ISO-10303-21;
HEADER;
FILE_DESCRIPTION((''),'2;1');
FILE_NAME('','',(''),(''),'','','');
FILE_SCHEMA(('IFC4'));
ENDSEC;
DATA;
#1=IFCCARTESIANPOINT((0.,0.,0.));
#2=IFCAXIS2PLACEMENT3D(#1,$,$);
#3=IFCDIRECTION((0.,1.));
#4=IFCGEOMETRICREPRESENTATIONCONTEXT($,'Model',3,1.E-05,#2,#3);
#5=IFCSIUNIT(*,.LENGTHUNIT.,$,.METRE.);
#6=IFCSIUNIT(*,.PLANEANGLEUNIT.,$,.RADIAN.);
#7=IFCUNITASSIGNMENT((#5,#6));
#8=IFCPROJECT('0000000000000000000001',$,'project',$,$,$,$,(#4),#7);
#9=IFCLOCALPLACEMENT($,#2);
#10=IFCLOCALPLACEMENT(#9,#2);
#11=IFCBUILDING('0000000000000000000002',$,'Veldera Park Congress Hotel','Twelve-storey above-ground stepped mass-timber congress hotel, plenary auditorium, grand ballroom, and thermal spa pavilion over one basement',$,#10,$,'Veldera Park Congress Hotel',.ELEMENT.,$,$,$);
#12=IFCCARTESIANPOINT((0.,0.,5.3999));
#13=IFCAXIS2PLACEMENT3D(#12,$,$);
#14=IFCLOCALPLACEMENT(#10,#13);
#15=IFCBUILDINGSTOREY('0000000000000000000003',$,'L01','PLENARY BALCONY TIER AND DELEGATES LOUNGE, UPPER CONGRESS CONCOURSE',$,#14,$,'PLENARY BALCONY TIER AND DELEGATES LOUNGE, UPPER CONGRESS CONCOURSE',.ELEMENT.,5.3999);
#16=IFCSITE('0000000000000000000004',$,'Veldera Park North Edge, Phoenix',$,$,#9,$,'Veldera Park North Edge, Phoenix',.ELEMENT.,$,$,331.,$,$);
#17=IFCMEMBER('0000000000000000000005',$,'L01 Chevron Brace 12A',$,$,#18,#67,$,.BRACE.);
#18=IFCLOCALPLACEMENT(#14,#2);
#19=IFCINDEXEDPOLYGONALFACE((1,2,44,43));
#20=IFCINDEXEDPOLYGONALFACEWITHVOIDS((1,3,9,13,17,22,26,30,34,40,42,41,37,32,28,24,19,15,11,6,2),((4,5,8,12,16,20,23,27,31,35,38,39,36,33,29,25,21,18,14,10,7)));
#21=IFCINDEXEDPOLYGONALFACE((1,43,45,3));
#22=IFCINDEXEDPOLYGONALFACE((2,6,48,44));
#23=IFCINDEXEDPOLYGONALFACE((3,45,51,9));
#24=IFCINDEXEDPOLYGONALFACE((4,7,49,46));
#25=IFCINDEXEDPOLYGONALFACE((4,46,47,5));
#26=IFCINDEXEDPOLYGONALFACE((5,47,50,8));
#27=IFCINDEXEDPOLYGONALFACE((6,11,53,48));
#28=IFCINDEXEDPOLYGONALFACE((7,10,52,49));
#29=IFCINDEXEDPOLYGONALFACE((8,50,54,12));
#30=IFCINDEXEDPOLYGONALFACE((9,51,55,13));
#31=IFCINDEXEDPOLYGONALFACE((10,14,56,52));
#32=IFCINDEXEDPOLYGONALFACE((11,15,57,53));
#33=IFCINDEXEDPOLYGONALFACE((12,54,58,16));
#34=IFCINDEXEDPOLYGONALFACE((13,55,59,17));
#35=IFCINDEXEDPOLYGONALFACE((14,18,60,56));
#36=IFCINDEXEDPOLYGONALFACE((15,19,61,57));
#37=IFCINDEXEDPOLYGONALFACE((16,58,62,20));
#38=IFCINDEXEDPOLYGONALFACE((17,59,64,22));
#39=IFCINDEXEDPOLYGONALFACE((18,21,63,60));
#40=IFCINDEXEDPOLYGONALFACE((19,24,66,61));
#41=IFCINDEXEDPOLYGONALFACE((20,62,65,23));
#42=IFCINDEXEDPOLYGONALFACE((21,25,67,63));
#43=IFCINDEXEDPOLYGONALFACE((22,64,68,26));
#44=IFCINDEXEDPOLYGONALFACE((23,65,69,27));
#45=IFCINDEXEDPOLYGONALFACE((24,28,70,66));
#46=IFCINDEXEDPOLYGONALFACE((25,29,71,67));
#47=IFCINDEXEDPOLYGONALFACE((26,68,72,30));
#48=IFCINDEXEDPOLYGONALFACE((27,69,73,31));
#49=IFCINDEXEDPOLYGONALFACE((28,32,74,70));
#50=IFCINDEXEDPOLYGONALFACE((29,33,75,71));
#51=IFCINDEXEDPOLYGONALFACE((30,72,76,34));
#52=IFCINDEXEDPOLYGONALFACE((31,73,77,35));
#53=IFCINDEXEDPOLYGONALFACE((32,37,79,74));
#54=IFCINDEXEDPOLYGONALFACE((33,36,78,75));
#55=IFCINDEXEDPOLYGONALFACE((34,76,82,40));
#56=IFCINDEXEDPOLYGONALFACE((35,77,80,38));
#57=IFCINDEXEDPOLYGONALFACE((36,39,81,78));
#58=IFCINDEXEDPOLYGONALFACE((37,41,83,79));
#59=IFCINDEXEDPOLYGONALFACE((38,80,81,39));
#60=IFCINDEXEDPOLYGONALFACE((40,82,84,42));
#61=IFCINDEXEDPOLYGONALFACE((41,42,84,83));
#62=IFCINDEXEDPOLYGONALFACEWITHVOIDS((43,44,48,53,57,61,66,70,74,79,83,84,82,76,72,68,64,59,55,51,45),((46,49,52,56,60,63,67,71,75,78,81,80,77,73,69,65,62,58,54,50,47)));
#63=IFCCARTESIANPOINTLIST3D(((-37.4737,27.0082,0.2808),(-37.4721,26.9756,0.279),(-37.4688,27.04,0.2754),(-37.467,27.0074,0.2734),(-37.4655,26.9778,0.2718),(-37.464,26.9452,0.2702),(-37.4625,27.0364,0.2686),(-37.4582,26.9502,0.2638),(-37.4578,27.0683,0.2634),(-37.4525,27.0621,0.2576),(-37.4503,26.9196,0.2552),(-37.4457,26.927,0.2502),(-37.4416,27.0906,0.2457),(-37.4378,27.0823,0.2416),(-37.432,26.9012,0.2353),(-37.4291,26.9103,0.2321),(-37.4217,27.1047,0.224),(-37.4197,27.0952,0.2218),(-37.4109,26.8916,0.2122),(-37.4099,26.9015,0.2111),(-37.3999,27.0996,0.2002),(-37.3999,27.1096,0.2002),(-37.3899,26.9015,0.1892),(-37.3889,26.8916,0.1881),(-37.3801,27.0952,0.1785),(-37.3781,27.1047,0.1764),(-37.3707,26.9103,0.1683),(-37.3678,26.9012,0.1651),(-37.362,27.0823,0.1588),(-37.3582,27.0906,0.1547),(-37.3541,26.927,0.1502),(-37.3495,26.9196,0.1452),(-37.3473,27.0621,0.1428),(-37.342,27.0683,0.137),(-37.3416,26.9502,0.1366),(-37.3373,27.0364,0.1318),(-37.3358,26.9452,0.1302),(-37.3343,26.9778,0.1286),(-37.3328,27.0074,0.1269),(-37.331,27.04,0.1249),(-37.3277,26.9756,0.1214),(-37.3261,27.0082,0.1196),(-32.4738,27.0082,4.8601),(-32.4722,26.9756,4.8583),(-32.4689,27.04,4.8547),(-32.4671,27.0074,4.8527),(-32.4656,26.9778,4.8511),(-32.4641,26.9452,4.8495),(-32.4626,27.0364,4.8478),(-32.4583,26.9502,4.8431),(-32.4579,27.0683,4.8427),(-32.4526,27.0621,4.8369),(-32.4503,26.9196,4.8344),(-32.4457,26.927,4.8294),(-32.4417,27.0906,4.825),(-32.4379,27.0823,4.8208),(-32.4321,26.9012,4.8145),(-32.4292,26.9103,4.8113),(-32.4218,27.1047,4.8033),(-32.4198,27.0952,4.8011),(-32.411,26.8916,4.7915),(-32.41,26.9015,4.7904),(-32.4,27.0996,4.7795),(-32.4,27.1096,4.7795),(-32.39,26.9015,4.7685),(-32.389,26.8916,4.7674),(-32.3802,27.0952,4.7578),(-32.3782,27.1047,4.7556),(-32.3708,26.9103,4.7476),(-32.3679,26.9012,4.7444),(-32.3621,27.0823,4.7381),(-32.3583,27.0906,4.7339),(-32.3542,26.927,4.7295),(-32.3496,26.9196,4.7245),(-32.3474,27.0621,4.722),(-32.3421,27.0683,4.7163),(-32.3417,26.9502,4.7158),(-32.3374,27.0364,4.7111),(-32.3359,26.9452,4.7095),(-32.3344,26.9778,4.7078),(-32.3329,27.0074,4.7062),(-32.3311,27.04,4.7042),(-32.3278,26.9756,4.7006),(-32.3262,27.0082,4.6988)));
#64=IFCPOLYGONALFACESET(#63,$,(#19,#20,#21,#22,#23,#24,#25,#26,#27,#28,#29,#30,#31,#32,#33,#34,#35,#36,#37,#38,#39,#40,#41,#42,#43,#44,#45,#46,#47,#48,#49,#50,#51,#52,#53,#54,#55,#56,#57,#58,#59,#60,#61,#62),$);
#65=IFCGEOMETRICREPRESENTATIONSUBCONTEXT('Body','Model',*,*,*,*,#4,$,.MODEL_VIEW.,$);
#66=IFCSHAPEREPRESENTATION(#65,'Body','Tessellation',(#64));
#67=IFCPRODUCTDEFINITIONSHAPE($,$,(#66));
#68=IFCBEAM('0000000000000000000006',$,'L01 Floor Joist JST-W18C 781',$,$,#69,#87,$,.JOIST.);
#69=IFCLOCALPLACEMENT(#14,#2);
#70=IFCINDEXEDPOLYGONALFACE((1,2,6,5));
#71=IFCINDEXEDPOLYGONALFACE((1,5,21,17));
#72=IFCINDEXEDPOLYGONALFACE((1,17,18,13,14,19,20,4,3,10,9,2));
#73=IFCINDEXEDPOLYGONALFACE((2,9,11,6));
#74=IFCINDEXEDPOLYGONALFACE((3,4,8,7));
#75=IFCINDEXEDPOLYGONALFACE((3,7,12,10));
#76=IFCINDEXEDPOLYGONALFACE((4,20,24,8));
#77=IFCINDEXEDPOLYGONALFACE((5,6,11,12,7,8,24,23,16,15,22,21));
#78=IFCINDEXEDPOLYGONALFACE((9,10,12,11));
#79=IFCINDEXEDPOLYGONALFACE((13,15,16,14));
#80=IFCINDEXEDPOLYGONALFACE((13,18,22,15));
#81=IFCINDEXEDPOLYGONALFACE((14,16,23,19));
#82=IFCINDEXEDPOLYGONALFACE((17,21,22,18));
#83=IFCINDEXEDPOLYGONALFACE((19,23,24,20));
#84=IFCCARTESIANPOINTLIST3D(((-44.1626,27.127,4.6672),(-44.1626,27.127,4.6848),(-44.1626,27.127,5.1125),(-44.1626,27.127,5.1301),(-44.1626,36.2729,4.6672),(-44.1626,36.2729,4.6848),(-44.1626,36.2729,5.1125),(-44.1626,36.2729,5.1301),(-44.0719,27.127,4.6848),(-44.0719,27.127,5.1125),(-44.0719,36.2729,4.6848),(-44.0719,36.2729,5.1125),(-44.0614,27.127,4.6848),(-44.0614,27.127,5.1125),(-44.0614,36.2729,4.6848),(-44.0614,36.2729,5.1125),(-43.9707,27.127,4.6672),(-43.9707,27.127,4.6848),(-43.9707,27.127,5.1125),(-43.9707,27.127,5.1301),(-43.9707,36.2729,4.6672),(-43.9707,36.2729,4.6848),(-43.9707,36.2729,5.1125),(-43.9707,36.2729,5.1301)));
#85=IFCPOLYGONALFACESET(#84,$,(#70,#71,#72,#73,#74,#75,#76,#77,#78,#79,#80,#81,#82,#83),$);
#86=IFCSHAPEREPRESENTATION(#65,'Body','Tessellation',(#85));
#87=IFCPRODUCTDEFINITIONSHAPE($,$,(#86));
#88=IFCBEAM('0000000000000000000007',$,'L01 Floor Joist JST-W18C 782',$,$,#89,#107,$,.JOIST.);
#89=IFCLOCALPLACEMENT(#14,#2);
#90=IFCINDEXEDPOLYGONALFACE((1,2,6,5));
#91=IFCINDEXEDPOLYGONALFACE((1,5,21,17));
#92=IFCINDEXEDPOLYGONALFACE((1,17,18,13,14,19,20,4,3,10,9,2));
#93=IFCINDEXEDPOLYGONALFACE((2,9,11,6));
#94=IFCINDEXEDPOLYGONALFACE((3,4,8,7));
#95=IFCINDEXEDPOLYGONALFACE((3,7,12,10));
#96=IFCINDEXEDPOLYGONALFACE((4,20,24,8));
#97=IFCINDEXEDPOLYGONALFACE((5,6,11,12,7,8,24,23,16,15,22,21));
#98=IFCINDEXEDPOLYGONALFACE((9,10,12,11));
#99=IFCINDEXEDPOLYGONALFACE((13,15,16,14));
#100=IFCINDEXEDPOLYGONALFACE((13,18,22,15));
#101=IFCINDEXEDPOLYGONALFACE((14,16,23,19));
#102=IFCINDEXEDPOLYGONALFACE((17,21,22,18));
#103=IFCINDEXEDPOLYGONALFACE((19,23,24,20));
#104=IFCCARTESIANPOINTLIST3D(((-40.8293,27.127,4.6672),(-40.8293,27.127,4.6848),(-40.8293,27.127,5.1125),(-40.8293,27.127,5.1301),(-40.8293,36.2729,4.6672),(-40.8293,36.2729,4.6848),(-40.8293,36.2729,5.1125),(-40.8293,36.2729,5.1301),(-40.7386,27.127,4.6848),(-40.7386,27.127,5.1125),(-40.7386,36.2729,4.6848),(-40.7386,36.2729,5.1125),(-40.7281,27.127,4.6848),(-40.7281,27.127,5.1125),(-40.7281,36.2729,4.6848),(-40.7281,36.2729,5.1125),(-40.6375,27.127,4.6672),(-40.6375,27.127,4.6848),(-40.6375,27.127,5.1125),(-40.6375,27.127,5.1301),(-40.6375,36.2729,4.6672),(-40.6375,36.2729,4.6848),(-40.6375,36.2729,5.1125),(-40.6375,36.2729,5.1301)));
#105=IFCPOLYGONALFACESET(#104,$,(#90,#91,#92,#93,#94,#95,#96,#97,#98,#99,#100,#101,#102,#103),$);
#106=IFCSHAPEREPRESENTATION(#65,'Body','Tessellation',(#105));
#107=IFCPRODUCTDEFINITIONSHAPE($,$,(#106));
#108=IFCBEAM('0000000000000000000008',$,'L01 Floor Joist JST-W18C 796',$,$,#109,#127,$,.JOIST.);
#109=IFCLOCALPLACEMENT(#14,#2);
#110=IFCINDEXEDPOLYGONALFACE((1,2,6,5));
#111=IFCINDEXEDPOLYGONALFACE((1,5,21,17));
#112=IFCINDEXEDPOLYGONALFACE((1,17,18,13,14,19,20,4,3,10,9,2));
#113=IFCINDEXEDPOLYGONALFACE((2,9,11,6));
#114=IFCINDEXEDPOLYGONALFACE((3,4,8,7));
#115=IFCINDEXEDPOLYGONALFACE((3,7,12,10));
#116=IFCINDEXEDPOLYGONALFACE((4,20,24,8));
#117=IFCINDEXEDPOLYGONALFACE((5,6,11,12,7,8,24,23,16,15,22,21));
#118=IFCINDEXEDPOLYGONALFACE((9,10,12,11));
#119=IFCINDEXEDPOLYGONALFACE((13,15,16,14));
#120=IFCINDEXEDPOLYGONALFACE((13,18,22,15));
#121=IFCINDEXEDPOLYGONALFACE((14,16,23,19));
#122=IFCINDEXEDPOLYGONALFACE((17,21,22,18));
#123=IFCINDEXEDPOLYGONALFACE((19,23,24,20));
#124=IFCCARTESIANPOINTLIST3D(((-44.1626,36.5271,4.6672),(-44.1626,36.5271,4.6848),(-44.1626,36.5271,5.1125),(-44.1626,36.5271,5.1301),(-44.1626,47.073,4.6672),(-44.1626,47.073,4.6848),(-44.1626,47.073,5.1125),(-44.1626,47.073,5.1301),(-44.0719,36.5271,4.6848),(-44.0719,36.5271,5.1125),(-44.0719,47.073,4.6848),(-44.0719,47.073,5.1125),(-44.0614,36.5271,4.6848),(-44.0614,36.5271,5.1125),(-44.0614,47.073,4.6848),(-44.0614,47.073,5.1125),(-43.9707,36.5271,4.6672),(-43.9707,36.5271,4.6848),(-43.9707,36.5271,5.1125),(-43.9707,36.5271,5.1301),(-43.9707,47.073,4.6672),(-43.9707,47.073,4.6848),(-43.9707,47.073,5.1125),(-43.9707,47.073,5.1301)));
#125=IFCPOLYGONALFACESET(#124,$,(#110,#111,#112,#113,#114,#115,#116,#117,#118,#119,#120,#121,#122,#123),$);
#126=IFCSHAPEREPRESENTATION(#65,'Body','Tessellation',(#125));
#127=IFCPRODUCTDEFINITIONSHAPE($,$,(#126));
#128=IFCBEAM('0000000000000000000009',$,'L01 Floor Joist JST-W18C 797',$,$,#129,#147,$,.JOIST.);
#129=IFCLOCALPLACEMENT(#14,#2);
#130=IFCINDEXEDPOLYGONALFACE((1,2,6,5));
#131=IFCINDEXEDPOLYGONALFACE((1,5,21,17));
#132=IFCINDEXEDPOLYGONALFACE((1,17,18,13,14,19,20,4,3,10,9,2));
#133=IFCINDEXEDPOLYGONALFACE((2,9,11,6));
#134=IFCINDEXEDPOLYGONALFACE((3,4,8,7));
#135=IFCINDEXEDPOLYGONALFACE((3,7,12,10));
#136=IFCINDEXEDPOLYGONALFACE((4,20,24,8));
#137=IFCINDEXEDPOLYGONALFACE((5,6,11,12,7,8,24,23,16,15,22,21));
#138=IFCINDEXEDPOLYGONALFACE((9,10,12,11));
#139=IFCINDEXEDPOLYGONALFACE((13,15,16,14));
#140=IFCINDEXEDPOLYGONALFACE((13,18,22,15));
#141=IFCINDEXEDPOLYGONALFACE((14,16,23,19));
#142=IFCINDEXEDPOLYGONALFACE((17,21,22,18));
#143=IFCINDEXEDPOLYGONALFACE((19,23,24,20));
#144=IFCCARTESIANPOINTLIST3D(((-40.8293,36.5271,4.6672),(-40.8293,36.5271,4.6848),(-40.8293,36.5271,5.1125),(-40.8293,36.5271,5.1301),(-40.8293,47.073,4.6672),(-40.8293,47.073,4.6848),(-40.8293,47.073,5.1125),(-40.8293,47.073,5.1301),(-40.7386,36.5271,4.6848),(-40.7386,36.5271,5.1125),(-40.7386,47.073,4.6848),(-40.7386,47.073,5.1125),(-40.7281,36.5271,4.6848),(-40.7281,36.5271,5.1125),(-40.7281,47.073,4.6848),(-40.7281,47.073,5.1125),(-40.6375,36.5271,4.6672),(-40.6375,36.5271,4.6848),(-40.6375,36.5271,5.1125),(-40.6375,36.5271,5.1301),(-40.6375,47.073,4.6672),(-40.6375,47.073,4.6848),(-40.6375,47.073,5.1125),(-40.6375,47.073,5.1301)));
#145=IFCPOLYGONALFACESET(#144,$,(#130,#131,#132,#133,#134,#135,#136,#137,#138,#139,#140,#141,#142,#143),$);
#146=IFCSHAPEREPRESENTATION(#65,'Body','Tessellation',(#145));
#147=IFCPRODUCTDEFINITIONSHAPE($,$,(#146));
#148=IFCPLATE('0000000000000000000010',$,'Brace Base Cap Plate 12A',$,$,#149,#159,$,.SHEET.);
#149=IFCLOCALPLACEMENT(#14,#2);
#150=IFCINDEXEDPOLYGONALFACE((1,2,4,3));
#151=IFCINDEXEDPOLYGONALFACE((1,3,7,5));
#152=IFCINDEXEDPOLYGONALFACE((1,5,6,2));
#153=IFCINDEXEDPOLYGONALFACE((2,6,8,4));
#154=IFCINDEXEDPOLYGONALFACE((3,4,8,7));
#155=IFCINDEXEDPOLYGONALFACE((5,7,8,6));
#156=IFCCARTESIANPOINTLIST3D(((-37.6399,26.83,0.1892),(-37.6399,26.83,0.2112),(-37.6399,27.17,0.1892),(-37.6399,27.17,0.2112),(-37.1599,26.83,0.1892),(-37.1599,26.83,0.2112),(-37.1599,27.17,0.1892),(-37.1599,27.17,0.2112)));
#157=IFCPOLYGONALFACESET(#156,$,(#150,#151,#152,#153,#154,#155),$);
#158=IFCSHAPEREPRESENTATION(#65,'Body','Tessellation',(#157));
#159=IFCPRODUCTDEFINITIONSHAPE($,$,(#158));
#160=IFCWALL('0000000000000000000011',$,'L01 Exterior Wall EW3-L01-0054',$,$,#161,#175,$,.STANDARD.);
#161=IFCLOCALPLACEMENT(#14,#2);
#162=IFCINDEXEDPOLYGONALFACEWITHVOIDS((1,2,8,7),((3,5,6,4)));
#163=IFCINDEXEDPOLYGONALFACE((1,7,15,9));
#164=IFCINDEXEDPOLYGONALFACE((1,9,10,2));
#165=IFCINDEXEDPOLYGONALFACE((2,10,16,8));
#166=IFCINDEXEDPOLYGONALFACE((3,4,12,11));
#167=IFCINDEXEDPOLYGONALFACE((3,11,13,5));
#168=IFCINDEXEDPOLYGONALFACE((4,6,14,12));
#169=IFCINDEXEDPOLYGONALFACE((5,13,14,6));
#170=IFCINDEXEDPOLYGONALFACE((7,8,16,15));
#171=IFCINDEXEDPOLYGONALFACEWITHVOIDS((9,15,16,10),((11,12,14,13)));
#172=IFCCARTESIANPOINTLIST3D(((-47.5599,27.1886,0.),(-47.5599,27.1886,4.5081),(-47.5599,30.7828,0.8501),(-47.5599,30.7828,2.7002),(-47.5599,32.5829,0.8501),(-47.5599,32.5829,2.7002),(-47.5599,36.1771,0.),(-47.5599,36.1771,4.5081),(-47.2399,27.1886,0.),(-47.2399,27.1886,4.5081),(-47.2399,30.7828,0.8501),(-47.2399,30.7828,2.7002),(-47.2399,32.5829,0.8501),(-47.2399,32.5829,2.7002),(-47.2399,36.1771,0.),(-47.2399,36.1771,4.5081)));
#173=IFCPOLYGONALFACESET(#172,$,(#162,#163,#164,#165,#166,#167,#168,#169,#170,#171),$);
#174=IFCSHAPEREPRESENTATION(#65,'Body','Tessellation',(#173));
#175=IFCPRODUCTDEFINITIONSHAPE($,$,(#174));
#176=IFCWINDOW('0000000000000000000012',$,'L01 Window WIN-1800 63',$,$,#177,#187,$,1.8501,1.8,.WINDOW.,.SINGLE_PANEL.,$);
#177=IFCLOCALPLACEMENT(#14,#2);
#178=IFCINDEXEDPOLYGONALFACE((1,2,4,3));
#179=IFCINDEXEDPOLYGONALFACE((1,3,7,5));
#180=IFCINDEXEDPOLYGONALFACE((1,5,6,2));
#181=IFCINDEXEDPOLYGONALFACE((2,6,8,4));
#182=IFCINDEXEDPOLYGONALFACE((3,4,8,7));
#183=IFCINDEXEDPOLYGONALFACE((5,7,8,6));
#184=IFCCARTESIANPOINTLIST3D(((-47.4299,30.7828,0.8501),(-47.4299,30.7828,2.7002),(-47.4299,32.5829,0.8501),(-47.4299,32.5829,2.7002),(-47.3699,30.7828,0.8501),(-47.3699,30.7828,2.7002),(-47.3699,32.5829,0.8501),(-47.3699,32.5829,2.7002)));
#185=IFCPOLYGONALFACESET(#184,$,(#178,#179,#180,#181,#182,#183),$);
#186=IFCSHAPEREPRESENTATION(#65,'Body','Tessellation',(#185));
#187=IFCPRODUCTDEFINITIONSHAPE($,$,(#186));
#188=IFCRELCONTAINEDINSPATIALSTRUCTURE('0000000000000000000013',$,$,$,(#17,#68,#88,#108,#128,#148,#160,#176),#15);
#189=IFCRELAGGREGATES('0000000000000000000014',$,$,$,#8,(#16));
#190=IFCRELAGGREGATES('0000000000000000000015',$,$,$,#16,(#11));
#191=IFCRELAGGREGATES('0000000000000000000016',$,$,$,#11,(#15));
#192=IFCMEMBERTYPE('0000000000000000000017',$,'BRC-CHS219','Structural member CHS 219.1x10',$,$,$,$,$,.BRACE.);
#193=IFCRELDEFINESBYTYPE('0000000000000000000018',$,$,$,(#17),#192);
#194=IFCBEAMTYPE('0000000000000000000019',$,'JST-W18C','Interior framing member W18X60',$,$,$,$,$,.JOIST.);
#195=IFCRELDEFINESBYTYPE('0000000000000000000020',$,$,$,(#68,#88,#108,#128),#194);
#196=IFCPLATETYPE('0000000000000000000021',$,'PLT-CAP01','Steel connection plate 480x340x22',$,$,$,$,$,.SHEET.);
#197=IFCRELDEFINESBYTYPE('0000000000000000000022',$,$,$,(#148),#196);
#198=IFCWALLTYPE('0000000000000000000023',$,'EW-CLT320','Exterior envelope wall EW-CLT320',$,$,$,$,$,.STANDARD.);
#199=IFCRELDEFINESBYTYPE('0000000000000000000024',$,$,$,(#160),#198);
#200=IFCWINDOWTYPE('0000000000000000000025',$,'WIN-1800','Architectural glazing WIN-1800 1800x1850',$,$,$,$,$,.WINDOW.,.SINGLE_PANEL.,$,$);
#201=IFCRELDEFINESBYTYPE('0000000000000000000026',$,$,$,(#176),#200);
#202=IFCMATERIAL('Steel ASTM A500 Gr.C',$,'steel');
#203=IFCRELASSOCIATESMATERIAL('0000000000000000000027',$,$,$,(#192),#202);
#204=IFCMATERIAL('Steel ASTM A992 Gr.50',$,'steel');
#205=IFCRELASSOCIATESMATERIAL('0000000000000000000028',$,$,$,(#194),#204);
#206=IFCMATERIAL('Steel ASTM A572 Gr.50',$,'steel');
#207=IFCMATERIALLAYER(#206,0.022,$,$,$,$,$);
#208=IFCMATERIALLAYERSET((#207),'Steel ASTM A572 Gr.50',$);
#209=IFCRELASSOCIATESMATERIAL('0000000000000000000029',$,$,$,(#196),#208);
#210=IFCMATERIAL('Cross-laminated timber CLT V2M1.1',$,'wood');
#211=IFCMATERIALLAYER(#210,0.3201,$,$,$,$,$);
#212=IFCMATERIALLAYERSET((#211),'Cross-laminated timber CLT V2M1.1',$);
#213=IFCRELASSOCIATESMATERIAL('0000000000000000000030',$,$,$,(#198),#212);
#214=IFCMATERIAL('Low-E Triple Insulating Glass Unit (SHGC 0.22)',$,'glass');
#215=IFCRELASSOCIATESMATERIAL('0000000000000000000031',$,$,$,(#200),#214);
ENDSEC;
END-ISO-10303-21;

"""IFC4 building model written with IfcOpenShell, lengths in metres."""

from ifc_helpers import new_model, si_unit, direction, frame, frame_2d, origin, origin_2d, place, context, subcontext, project, spatial, rectangle, hollow_circle, i_section, extrude, material, layer, layer_set, material_profile, profile_set, type_object, element, fill, save


model = new_model("IFC4")

# Units and contexts
model_context = context("Model", 3, precision=1e-05, world=origin(), true_north=direction((0.0, 1.0)))
body_context = subcontext(model_context, "Body", "Model", "MODEL_VIEW")
ifc_project = project(units=[si_unit("LENGTHUNIT", "METRE"), si_unit("PLANEANGLEUNIT", "RADIAN")], contexts=[model_context])

# Site, building, storey
site_placement = place(None, origin())
site = spatial("IfcSite", under=ifc_project, at=site_placement, Name="Veldera Park North Edge, Phoenix", LongName="Veldera Park North Edge, Phoenix", CompositionType="ELEMENT", RefElevation=331.0)
building_placement = place(site_placement, origin())
building = spatial("IfcBuilding", under=site, at=building_placement, Name="Veldera Park Congress Hotel", Description="Twelve-storey above-ground stepped mass-timber congress hotel, plenary auditorium, grand ballroom, and thermal spa pavilion over one basement", LongName="Veldera Park Congress Hotel", CompositionType="ELEMENT")
storey_placement = place(building_placement, frame((0.0, 0.0, 5.3999)))
storey = spatial("IfcBuildingStorey", under=building, at=storey_placement, Name="L01", Description="PLENARY BALCONY TIER AND DELEGATES LOUNGE, UPPER CONGRESS CONCOURSE", LongName="PLENARY BALCONY TIER AND DELEGATES LOUNGE, UPPER CONGRESS CONCOURSE", CompositionType="ELEMENT", Elevation=5.3999)

# Shared definitions
ifc_material_1 = material(Name="Steel ASTM A992 Gr.50", Category="steel")

# Member
ifc_material_2 = material(Name="Steel ASTM A500 Gr.C", Category="steel")
ifc_material_profile_1 = material_profile(ifc_material_2, hollow_circle(Radius=0.1096, WallThickness=0.01, at=origin_2d()), Name="CHS 219.1x10")
ifc_profile_set_1 = profile_set([ifc_material_profile_1], Name="Steel ASTM A500 Gr.C")
member_type = type_object("IfcMemberType", Name="BRC-CHS219", Description="Structural member CHS 219.1x10", PredefinedType="BRACE", material=ifc_profile_set_1)
member_placement = place(storey_placement, frame((-37.3999, 27.0, 0.2002), z_axis=(0.737447, 0.0, 0.675405), x_axis=(0.0, 1.0, 0.0)))
element("IfcMember", 1, at=member_placement, inside=storey, type_object=member_type, Name="L01 Chevron Brace 12A", PredefinedType="BRACE", context=body_context, shape_type="SweptSolid", body=[
    extrude(hollow_circle(Radius=0.1096, WallThickness=0.01, at=origin_2d()), origin(), (0.0, 0.0, 1.0), 6.78),
])

# Beams
ifc_material_profile_2 = material_profile(ifc_material_1, i_section(OverallWidth=0.1919, OverallDepth=0.4629, WebThickness=0.0105, FlangeThickness=0.0176, at=origin_2d()), Name="W18X60")
ifc_profile_set_2 = profile_set([ifc_material_profile_2], Name="Steel ASTM A992 Gr.50")
beam_type_1 = type_object("IfcBeamType", Name="JST-W18C", Description="Interior framing member W18X60", PredefinedType="JOIST", material=ifc_profile_set_2)
for number, where, z_axis, x_axis, name in (
    (2, (-44.0667, 27.127, 4.8987), (0.0, 1.0, 0.0), (-1.0, 0.0, 0.0), "L01 Floor Joist JST-W18C 781"),
    (3, (-40.7334, 27.127, 4.8987), (0.0, 1.0, 0.0), (-1.0, 0.0, 0.0), "L01 Floor Joist JST-W18C 782"),
):
    element("IfcBeam", number, at=place(storey_placement, frame(where, z_axis=z_axis, x_axis=x_axis)), inside=storey, type_object=beam_type_1, Name=name, PredefinedType="JOIST", context=body_context, shape_type="SweptSolid", body=[
        extrude(i_section(OverallWidth=0.1919, OverallDepth=0.4629, WebThickness=0.0105, FlangeThickness=0.0176, at=origin_2d()), origin(), (0.0, 0.0, 1.0), 9.146),
    ])
for number, where, z_axis, x_axis, name in (
    (4, (-44.0667, 36.5271, 4.8987), (0.0, 1.0, 0.0), (-1.0, 0.0, 0.0), "L01 Floor Joist JST-W18C 796"),
    (5, (-40.7334, 36.5271, 4.8987), (0.0, 1.0, 0.0), (-1.0, 0.0, 0.0), "L01 Floor Joist JST-W18C 797"),
):
    element("IfcBeam", number, at=place(storey_placement, frame(where, z_axis=z_axis, x_axis=x_axis)), inside=storey, type_object=beam_type_1, Name=name, PredefinedType="JOIST", context=body_context, shape_type="SweptSolid", body=[
        extrude(i_section(OverallWidth=0.1919, OverallDepth=0.4629, WebThickness=0.0105, FlangeThickness=0.0176, at=origin_2d()), origin(), (0.0, 0.0, 1.0), 10.5459),
    ])

# Plate
ifc_material_3 = material(Name="Steel ASTM A572 Gr.50", Category="steel")
ifc_layer_1 = layer(ifc_material_3, 0.022)
ifc_layer_set_1 = layer_set([ifc_layer_1], Name="Steel ASTM A572 Gr.50")
plate_type = type_object("IfcPlateType", Name="PLT-CAP01", Description="Steel connection plate 480x340x22", PredefinedType="SHEET", material=ifc_layer_set_1)
plate_placement = place(storey_placement, frame((-37.3999, 27.0, 0.1892), z_axis=(0.0, 0.0, 1.0), x_axis=(1.0, 0.0, 0.0)))
element("IfcPlate", 6, at=plate_placement, inside=storey, type_object=plate_type, Name="Brace Base Cap Plate 12A", PredefinedType="SHEET", context=body_context, shape_type="SweptSolid", body=[
    extrude(rectangle(XDim=0.48, YDim=0.3401, at=origin_2d()), origin(), (0.0, 0.0, 1.0), 0.022),
])

# Wall, opening, window
ifc_material_4 = material(Name="Cross-laminated timber CLT V2M1.1", Category="wood")
ifc_layer_2 = layer(ifc_material_4, 0.3201)
ifc_layer_set_2 = layer_set([ifc_layer_2], Name="Cross-laminated timber CLT V2M1.1")
wall_type_1 = type_object("IfcWallType", Name="EW-CLT320", Description="Exterior envelope wall EW-CLT320", PredefinedType="STANDARD", material=ifc_layer_set_2)
wall_1_placement = place(storey_placement, frame((-47.3999, 36.177, 0.0), z_axis=(0.0, 0.0, 1.0), x_axis=(0.0, -1.0, 0.0)))
wall_1 = element("IfcWall", 7, at=wall_1_placement, inside=storey, type_object=wall_type_1, Name="L01 Exterior Wall EW3-L01-0054", PredefinedType="STANDARD", context=body_context, shape_type="SweptSolid", body=[
    extrude(rectangle(XDim=8.9885, YDim=0.3201, at=frame_2d((4.4941, 0.0))), origin(), (0.0, 0.0, 1.0), 4.5081),
])
opening_1_placement = place(wall_1_placement, frame((3.5942, 0.0, 0.8501)))
opening_1 = element("IfcOpeningElement", 8, at=opening_1_placement, cuts=wall_1, PredefinedType="OPENING", context=body_context, shape_type="SweptSolid", body=[
    extrude(rectangle(XDim=1.8, YDim=1.8501, at=frame_2d((0.8999, 0.925))), frame((0.0, 0.1721, 0.0), z_axis=(0.0, -1.0, 0.0), x_axis=(1.0, 0.0, 0.0)), (0.0, 0.0, 1.0), 0.344),
])
ifc_material_5 = material(Name="Low-E Triple Insulating Glass Unit (SHGC 0.22)", Category="glass")
window_type_1 = type_object("IfcWindowType", Name="WIN-1800", Description="Architectural glazing WIN-1800 1800x1850", PartitioningType="SINGLE_PANEL", PredefinedType="WINDOW", material=ifc_material_5)
window_1_placement = place(opening_1_placement, origin())
window_1 = element("IfcWindow", 9, at=window_1_placement, inside=storey, type_object=window_type_1, Name="L01 Window WIN-1800 63", OverallHeight=1.8501, OverallWidth=1.8, PartitioningType="SINGLE_PANEL", PredefinedType="WINDOW", context=body_context, shape_type="SweptSolid", body=[
    extrude(rectangle(XDim=1.8, YDim=1.8501, at=frame_2d((0.8999, 0.925))), frame((0.0, 0.03, 0.0), z_axis=(0.0, -1.0, 0.0), x_axis=(1.0, 0.0, 0.0)), (0.0, 0.0, 1.0), 0.0601),
])
fill(opening_1, window_1)

save(model, "model.ifc")
